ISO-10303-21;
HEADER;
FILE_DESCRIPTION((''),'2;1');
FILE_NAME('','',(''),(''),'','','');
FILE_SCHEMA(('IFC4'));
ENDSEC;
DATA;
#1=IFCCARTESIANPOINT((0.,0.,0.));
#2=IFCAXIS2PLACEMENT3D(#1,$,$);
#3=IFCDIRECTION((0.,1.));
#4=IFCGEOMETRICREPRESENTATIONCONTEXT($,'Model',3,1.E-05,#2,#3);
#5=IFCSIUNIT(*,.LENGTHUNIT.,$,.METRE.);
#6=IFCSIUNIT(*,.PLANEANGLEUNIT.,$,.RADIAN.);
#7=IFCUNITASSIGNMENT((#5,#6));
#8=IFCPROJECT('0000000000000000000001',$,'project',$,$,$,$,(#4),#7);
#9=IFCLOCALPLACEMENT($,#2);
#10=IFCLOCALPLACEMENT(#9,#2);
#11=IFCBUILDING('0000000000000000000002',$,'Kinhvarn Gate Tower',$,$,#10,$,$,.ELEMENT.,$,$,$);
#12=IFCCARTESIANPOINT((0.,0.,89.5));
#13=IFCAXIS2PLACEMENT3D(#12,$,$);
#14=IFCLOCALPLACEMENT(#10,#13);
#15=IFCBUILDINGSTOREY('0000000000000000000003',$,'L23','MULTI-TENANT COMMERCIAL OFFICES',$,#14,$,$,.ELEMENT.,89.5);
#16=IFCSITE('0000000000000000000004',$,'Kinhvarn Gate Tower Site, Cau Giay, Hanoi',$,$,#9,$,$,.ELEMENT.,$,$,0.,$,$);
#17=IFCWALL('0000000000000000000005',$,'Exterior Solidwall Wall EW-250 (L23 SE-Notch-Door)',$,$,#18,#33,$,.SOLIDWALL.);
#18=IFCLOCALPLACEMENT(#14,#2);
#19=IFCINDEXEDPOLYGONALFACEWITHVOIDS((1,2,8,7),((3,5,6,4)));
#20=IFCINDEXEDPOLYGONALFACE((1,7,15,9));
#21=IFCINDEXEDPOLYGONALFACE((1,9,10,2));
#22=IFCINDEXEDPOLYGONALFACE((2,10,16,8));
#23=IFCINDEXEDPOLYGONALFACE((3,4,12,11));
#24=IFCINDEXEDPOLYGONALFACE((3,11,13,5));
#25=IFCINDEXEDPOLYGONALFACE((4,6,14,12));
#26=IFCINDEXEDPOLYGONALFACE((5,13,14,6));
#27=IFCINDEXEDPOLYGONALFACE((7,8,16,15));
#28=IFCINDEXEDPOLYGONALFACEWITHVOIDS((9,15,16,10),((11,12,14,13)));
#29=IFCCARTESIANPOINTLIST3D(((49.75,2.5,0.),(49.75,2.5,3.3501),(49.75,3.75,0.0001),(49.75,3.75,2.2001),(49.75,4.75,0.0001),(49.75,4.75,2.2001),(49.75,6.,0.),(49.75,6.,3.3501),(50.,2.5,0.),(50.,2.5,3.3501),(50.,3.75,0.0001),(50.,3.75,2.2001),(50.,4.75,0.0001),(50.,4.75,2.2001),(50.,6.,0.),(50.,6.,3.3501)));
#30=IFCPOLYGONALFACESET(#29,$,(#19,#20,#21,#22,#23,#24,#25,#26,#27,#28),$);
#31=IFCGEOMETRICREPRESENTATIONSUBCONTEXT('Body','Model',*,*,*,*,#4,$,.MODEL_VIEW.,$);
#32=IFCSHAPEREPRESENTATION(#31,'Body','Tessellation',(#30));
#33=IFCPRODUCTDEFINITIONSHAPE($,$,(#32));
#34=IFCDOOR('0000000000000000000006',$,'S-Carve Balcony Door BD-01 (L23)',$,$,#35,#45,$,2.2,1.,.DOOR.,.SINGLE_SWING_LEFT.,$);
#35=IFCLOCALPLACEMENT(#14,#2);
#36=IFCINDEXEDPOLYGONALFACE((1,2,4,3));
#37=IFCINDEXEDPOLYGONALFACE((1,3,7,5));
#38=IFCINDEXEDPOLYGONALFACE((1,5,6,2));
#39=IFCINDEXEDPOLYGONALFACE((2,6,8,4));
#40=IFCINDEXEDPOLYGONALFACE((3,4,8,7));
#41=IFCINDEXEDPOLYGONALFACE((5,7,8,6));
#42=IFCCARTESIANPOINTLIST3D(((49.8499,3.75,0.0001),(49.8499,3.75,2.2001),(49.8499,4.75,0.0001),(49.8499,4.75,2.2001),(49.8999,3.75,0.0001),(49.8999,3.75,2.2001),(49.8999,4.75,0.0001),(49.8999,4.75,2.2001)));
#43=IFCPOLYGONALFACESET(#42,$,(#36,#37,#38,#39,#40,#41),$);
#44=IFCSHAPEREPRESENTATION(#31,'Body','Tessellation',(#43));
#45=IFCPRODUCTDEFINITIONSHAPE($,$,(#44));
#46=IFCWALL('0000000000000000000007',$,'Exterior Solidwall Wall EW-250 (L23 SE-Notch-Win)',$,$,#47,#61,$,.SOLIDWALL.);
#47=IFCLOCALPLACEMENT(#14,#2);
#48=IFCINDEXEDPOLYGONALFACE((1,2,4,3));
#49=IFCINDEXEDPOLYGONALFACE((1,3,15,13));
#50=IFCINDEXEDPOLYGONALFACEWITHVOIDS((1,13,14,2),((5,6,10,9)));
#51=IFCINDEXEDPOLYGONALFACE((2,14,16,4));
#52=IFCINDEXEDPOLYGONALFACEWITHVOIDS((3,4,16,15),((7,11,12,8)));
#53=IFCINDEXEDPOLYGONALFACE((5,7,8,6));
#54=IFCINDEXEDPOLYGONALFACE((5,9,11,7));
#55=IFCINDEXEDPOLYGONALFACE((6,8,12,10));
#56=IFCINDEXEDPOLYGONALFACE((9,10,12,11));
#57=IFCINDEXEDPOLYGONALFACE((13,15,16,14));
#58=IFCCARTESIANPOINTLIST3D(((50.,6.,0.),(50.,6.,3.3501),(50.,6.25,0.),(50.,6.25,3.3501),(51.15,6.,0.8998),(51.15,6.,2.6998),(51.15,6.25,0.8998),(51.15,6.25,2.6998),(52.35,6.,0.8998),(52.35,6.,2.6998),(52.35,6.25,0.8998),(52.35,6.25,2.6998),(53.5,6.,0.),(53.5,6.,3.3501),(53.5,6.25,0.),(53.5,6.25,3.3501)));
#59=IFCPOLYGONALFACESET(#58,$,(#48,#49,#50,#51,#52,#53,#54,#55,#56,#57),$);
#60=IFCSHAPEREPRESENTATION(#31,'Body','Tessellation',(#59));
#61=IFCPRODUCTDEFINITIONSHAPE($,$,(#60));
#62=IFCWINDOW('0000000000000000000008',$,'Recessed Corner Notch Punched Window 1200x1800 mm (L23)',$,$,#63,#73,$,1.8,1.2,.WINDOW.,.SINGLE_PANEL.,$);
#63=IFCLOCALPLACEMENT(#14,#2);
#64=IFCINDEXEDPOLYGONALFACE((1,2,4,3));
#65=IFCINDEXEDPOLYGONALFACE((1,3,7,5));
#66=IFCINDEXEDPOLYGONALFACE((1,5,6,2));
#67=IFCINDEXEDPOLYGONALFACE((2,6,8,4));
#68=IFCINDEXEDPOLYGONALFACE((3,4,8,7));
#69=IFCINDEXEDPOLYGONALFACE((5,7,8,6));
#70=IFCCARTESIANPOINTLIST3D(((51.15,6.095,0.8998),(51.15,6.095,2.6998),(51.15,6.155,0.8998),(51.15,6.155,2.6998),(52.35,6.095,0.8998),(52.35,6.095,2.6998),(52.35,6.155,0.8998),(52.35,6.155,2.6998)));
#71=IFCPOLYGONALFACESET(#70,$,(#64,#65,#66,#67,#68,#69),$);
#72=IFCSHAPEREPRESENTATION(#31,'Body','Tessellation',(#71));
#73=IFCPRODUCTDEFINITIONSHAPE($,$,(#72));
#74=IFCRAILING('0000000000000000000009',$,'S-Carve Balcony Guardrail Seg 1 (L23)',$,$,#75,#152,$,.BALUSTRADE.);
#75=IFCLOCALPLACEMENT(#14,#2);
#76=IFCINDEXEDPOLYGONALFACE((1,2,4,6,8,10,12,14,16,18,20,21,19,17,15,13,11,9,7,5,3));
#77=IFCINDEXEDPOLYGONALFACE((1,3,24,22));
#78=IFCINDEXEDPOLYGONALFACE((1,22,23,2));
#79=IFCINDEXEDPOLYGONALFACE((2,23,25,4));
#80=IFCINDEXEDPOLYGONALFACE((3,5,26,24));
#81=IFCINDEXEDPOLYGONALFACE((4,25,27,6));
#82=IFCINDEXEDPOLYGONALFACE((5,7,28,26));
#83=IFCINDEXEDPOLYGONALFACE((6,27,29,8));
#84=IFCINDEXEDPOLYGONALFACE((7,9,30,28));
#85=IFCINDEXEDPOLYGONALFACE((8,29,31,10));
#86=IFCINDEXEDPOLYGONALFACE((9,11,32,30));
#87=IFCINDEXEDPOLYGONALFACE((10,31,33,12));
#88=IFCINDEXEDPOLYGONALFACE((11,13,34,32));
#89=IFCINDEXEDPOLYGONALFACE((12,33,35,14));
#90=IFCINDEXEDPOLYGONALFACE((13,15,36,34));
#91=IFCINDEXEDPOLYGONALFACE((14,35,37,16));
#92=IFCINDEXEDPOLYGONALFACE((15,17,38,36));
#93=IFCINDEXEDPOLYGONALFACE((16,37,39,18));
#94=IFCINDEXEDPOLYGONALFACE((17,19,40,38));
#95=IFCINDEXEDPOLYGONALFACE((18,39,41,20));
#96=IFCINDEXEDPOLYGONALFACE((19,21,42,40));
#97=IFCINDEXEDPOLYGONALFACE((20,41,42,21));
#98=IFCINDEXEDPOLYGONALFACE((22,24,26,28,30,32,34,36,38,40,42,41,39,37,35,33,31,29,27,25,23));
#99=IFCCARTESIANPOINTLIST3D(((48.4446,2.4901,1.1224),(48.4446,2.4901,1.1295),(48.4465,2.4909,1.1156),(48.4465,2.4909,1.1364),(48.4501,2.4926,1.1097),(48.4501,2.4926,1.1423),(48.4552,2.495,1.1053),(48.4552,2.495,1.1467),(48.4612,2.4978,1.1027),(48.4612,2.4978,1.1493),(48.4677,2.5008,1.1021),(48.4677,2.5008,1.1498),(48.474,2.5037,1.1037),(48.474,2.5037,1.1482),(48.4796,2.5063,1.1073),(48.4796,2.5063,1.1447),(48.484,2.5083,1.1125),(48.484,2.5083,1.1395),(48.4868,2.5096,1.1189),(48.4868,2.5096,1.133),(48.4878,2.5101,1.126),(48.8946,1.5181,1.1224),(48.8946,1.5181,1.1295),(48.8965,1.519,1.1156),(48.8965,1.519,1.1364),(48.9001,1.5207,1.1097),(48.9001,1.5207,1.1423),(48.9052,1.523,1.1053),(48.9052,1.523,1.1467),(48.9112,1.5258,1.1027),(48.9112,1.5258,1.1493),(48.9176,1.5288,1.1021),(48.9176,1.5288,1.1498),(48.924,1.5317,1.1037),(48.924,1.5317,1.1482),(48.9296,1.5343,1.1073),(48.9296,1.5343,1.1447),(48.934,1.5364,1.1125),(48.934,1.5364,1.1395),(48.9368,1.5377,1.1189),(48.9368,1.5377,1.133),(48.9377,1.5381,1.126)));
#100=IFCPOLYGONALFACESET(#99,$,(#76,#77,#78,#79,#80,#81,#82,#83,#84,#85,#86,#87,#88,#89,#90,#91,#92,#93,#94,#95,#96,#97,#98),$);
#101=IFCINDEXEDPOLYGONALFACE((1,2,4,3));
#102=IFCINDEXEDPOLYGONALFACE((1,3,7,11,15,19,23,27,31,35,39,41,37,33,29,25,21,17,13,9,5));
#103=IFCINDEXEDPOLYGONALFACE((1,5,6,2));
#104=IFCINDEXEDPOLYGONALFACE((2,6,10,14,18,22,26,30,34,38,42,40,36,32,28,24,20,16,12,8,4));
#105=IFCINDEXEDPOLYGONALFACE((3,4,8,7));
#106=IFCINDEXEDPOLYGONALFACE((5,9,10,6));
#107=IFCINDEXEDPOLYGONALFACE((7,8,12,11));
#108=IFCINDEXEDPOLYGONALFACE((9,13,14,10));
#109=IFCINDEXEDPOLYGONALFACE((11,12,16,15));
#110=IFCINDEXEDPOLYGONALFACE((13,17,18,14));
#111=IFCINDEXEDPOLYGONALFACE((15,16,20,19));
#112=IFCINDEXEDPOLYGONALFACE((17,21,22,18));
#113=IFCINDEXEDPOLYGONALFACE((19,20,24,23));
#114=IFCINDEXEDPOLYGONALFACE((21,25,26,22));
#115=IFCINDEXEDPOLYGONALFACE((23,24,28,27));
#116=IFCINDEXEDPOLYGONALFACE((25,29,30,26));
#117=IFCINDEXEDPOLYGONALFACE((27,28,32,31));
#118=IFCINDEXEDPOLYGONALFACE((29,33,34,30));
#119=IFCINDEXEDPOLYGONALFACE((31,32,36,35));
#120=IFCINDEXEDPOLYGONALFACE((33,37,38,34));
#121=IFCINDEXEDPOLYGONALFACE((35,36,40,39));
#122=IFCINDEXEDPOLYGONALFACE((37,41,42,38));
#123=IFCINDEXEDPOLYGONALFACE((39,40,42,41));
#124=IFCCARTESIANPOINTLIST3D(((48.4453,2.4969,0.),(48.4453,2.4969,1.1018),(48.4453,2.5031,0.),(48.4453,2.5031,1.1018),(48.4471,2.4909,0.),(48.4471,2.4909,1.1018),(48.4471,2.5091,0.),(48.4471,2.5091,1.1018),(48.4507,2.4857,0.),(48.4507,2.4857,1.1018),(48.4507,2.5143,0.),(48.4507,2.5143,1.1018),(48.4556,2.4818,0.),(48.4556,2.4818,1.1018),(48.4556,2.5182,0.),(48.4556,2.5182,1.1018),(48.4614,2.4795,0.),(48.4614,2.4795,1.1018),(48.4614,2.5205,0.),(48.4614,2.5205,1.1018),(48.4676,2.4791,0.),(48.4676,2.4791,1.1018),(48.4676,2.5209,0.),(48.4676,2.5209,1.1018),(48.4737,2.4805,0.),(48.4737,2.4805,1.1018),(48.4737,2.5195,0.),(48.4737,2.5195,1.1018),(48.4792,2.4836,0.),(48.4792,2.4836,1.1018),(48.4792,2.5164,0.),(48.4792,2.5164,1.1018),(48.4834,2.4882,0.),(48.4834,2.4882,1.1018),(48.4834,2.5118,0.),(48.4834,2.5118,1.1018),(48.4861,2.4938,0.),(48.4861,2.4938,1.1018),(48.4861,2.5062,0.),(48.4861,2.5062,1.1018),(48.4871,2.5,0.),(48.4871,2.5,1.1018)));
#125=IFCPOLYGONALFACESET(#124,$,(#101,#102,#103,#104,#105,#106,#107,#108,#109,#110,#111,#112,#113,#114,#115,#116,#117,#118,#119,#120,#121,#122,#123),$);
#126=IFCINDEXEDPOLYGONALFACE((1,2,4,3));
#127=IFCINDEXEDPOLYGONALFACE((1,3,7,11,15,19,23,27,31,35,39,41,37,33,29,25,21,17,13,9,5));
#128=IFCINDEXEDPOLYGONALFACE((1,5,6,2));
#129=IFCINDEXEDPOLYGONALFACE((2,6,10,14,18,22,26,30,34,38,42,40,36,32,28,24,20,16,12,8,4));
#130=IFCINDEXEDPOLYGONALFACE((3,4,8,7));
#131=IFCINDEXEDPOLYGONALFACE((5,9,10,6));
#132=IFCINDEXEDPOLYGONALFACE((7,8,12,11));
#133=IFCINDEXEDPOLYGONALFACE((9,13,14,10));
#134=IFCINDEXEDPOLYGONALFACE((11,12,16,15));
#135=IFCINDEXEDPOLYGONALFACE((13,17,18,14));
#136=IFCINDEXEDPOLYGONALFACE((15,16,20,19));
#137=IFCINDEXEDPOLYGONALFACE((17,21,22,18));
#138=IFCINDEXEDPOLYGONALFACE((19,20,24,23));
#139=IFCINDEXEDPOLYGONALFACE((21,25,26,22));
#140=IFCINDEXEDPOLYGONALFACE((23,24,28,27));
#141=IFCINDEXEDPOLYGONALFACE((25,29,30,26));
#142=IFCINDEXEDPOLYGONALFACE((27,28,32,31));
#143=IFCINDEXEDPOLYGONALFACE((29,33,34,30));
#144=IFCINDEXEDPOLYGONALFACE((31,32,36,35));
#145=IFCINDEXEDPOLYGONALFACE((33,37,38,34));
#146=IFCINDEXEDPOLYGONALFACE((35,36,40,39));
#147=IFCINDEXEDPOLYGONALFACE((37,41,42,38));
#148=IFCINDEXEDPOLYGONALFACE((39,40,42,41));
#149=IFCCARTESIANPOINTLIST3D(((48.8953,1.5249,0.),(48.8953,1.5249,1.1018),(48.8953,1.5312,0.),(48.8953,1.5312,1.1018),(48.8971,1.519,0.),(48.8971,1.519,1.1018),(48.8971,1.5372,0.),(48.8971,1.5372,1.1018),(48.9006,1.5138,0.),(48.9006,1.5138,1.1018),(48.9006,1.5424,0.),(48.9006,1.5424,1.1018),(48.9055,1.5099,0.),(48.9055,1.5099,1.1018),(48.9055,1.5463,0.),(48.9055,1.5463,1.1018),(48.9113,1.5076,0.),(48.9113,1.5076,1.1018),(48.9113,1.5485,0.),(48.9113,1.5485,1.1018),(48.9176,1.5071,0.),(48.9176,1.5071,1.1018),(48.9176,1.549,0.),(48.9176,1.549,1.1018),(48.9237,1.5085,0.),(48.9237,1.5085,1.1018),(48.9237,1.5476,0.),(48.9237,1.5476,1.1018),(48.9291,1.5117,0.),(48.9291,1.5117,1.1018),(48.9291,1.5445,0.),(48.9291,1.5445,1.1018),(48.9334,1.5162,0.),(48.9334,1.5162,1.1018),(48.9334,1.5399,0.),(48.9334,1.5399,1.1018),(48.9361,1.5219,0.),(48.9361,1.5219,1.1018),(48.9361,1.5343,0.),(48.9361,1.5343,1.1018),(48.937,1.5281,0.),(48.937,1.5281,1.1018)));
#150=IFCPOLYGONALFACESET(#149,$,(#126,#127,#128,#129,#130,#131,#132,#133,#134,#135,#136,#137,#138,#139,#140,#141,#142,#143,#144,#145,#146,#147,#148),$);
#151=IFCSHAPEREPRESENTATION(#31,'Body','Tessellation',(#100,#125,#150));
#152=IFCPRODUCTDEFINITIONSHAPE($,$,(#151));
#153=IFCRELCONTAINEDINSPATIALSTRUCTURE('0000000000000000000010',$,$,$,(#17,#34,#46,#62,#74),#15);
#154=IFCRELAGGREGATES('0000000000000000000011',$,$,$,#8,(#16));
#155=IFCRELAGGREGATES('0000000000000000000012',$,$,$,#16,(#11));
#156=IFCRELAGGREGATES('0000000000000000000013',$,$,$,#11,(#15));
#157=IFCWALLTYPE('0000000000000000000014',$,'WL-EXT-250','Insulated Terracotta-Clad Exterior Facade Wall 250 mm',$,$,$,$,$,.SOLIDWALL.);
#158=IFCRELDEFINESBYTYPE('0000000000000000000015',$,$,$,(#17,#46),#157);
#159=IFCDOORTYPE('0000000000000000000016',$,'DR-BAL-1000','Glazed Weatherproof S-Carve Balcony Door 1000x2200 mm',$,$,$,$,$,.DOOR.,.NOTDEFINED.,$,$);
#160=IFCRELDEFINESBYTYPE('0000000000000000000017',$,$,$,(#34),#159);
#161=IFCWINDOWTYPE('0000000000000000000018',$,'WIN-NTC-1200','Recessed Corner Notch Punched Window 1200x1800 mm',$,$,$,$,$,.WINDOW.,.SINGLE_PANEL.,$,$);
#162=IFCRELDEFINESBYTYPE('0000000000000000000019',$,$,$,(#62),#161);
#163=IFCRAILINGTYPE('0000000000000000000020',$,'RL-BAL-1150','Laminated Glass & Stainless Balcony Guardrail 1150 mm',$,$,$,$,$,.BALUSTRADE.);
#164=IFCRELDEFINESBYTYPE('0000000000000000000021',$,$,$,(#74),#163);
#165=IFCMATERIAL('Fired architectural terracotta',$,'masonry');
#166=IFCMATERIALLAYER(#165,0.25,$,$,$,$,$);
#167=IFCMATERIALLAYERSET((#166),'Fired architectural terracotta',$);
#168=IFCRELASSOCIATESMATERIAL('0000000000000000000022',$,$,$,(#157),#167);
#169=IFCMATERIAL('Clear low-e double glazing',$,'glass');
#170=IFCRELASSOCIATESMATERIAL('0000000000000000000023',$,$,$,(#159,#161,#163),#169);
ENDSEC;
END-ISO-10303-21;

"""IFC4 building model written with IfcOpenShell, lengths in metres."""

from ifc_helpers import new_model, si_unit, direction, frame, frame_2d, origin, origin_2d, place, context, subcontext, project, spatial, rectangle, circle, extrude, material, layer, layer_set, type_object, element, fill, save


model = new_model("IFC4")

# Units and contexts
model_context = context("Model", 3, precision=1e-05, world=origin(), true_north=direction((0.0, 1.0)))
body_context = subcontext(model_context, "Body", "Model", "MODEL_VIEW")
ifc_project = project(units=[si_unit("LENGTHUNIT", "METRE"), si_unit("PLANEANGLEUNIT", "RADIAN")], contexts=[model_context])

# Site, building, storey
site_placement = place(None, origin())
site = spatial("IfcSite", under=ifc_project, at=site_placement, Name="Kinhvarn Gate Tower Site, Cau Giay, Hanoi", CompositionType="ELEMENT", RefElevation=0.0)
building_placement = place(site_placement, origin())
building = spatial("IfcBuilding", under=site, at=building_placement, Name="Kinhvarn Gate Tower", CompositionType="ELEMENT")
storey_placement = place(building_placement, frame((0.0, 0.0, 89.5)))
storey = spatial("IfcBuildingStorey", under=building, at=storey_placement, Name="L23", Description="MULTI-TENANT COMMERCIAL OFFICES", CompositionType="ELEMENT", Elevation=89.5)

# Shared definitions
ifc_material_1 = material(Name="Clear low-e double glazing", Category="glass")

# Wall, opening, door
ifc_material_2 = material(Name="Fired architectural terracotta", Category="masonry")
ifc_layer_1 = layer(ifc_material_2, 0.25)
ifc_layer_set_1 = layer_set([ifc_layer_1], Name="Fired architectural terracotta")
wall_type = type_object("IfcWallType", Name="WL-EXT-250", Description="Insulated Terracotta-Clad Exterior Facade Wall 250 mm", PredefinedType="SOLIDWALL", material=ifc_layer_set_1)
wall_1_placement = place(storey_placement, frame((49.875, 2.5, 0.0), z_axis=(0.0, 0.0, 1.0), x_axis=(0.0, 1.0, 0.0)))
wall_1 = element("IfcWall", 1, at=wall_1_placement, inside=storey, type_object=wall_type, Name="Exterior Solidwall Wall EW-250 (L23 SE-Notch-Door)", PredefinedType="SOLIDWALL", context=body_context, shape_type="SweptSolid", body=[
    extrude(rectangle(XDim=3.5, YDim=0.25, at=frame_2d((1.75, 0.0))), origin(), (0.0, 0.0, 1.0), 3.3501),
])
opening_1_placement = place(wall_1_placement, frame((1.25, 0.0, 0.0)))
opening_1 = element("IfcOpeningElement", 2, at=opening_1_placement, cuts=wall_1, PredefinedType="OPENING", context=body_context, shape_type="SweptSolid", body=[
    extrude(rectangle(XDim=1.0, YDim=2.2, at=frame_2d((0.5, 1.1001))), frame((0.0, 0.135, 0.0), z_axis=(0.0, -1.0, 0.0), x_axis=(1.0, 0.0, 0.0)), (0.0, 0.0, 1.0), 0.27),
])
door_type = type_object("IfcDoorType", Name="DR-BAL-1000", Description="Glazed Weatherproof S-Carve Balcony Door 1000x2200 mm", OperationType="NOTDEFINED", PredefinedType="DOOR", material=ifc_material_1)
door_placement = place(opening_1_placement, frame((1.0, 0.0, 0.0), z_axis=(0.0, 0.0, 1.0), x_axis=(-1.0, 0.0, 0.0)))
door = element("IfcDoor", 3, at=door_placement, inside=storey, type_object=door_type, Name="S-Carve Balcony Door BD-01 (L23)", OperationType="SINGLE_SWING_LEFT", OverallHeight=2.2, OverallWidth=1.0, PredefinedType="DOOR", context=body_context, shape_type="SweptSolid", body=[
    extrude(rectangle(XDim=1.0, YDim=2.2, at=frame_2d((0.5, 1.1001))), frame((0.0, 0.0249, 0.0), z_axis=(0.0, -1.0, 0.0), x_axis=(1.0, 0.0, 0.0)), (0.0, 0.0, 1.0), 0.05),
])
fill(opening_1, door)

# Wall, opening, window
wall_2_placement = place(storey_placement, frame((50.0, 6.125, 0.0), z_axis=(0.0, 0.0, 1.0), x_axis=(1.0, 0.0, 0.0)))
wall_2 = element("IfcWall", 4, at=wall_2_placement, inside=storey, type_object=wall_type, Name="Exterior Solidwall Wall EW-250 (L23 SE-Notch-Win)", PredefinedType="SOLIDWALL", context=body_context, shape_type="SweptSolid", body=[
    extrude(rectangle(XDim=3.5, YDim=0.25, at=frame_2d((1.75, 0.0))), origin(), (0.0, 0.0, 1.0), 3.3501),
])
opening_2_placement = place(wall_2_placement, frame((1.1499, 0.0, 0.8999)))
opening_2 = element("IfcOpeningElement", 5, at=opening_2_placement, cuts=wall_2, PredefinedType="OPENING", context=body_context, shape_type="SweptSolid", body=[
    extrude(rectangle(XDim=1.2, YDim=1.8, at=frame_2d((0.6001, 0.8999))), frame((0.0, 0.135, 0.0), z_axis=(0.0, -1.0, 0.0), x_axis=(1.0, 0.0, 0.0)), (0.0, 0.0, 1.0), 0.27),
])
window_type = type_object("IfcWindowType", Name="WIN-NTC-1200", Description="Recessed Corner Notch Punched Window 1200x1800 mm", PartitioningType="SINGLE_PANEL", PredefinedType="WINDOW", material=ifc_material_1)
window_placement = place(opening_2_placement, origin())
window = element("IfcWindow", 6, at=window_placement, inside=storey, type_object=window_type, Name="Recessed Corner Notch Punched Window 1200x1800 mm (L23)", OverallHeight=1.8, OverallWidth=1.2, PartitioningType="SINGLE_PANEL", PredefinedType="WINDOW", context=body_context, shape_type="SweptSolid", body=[
    extrude(rectangle(XDim=1.2, YDim=1.8, at=frame_2d((0.6001, 0.8999))), frame((0.0, 0.03, 0.0), z_axis=(0.0, -1.0, 0.0), x_axis=(1.0, 0.0, 0.0)), (0.0, 0.0, 1.0), 0.0601),
])
fill(opening_2, window)

# Railing
railing_type = type_object("IfcRailingType", Name="RL-BAL-1150", Description="Laminated Glass & Stainless Balcony Guardrail 1150 mm", PredefinedType="BALUSTRADE", material=ifc_material_1)
railing_1_placement = place(storey_placement, frame((48.4661, 2.5, 0.0)))
element("IfcRailing", 7, at=railing_1_placement, inside=storey, type_object=railing_type, Name="S-Carve Balcony Guardrail Seg 1 (L23)", PredefinedType="BALUSTRADE", context=body_context, shape_type="SweptSolid", body=[
    extrude(circle(Radius=0.0239, at=origin_2d()), frame((0.0, 0.0, 1.126), z_axis=(0.420113, -0.907472, 0.0), x_axis=(0.907472, 0.420113, 0.0)), (0.0, 0.0, 1.0), 1.071),
    extrude(circle(Radius=0.021, at=origin_2d()), origin(), (0.0, 0.0, 1.0), 1.1018),
    extrude(circle(Radius=0.021, at=origin_2d()), frame((0.45, -0.9719, 0.0)), (0.0, 0.0, 1.0), 1.1018),
])

save(model, "model.ifc")
